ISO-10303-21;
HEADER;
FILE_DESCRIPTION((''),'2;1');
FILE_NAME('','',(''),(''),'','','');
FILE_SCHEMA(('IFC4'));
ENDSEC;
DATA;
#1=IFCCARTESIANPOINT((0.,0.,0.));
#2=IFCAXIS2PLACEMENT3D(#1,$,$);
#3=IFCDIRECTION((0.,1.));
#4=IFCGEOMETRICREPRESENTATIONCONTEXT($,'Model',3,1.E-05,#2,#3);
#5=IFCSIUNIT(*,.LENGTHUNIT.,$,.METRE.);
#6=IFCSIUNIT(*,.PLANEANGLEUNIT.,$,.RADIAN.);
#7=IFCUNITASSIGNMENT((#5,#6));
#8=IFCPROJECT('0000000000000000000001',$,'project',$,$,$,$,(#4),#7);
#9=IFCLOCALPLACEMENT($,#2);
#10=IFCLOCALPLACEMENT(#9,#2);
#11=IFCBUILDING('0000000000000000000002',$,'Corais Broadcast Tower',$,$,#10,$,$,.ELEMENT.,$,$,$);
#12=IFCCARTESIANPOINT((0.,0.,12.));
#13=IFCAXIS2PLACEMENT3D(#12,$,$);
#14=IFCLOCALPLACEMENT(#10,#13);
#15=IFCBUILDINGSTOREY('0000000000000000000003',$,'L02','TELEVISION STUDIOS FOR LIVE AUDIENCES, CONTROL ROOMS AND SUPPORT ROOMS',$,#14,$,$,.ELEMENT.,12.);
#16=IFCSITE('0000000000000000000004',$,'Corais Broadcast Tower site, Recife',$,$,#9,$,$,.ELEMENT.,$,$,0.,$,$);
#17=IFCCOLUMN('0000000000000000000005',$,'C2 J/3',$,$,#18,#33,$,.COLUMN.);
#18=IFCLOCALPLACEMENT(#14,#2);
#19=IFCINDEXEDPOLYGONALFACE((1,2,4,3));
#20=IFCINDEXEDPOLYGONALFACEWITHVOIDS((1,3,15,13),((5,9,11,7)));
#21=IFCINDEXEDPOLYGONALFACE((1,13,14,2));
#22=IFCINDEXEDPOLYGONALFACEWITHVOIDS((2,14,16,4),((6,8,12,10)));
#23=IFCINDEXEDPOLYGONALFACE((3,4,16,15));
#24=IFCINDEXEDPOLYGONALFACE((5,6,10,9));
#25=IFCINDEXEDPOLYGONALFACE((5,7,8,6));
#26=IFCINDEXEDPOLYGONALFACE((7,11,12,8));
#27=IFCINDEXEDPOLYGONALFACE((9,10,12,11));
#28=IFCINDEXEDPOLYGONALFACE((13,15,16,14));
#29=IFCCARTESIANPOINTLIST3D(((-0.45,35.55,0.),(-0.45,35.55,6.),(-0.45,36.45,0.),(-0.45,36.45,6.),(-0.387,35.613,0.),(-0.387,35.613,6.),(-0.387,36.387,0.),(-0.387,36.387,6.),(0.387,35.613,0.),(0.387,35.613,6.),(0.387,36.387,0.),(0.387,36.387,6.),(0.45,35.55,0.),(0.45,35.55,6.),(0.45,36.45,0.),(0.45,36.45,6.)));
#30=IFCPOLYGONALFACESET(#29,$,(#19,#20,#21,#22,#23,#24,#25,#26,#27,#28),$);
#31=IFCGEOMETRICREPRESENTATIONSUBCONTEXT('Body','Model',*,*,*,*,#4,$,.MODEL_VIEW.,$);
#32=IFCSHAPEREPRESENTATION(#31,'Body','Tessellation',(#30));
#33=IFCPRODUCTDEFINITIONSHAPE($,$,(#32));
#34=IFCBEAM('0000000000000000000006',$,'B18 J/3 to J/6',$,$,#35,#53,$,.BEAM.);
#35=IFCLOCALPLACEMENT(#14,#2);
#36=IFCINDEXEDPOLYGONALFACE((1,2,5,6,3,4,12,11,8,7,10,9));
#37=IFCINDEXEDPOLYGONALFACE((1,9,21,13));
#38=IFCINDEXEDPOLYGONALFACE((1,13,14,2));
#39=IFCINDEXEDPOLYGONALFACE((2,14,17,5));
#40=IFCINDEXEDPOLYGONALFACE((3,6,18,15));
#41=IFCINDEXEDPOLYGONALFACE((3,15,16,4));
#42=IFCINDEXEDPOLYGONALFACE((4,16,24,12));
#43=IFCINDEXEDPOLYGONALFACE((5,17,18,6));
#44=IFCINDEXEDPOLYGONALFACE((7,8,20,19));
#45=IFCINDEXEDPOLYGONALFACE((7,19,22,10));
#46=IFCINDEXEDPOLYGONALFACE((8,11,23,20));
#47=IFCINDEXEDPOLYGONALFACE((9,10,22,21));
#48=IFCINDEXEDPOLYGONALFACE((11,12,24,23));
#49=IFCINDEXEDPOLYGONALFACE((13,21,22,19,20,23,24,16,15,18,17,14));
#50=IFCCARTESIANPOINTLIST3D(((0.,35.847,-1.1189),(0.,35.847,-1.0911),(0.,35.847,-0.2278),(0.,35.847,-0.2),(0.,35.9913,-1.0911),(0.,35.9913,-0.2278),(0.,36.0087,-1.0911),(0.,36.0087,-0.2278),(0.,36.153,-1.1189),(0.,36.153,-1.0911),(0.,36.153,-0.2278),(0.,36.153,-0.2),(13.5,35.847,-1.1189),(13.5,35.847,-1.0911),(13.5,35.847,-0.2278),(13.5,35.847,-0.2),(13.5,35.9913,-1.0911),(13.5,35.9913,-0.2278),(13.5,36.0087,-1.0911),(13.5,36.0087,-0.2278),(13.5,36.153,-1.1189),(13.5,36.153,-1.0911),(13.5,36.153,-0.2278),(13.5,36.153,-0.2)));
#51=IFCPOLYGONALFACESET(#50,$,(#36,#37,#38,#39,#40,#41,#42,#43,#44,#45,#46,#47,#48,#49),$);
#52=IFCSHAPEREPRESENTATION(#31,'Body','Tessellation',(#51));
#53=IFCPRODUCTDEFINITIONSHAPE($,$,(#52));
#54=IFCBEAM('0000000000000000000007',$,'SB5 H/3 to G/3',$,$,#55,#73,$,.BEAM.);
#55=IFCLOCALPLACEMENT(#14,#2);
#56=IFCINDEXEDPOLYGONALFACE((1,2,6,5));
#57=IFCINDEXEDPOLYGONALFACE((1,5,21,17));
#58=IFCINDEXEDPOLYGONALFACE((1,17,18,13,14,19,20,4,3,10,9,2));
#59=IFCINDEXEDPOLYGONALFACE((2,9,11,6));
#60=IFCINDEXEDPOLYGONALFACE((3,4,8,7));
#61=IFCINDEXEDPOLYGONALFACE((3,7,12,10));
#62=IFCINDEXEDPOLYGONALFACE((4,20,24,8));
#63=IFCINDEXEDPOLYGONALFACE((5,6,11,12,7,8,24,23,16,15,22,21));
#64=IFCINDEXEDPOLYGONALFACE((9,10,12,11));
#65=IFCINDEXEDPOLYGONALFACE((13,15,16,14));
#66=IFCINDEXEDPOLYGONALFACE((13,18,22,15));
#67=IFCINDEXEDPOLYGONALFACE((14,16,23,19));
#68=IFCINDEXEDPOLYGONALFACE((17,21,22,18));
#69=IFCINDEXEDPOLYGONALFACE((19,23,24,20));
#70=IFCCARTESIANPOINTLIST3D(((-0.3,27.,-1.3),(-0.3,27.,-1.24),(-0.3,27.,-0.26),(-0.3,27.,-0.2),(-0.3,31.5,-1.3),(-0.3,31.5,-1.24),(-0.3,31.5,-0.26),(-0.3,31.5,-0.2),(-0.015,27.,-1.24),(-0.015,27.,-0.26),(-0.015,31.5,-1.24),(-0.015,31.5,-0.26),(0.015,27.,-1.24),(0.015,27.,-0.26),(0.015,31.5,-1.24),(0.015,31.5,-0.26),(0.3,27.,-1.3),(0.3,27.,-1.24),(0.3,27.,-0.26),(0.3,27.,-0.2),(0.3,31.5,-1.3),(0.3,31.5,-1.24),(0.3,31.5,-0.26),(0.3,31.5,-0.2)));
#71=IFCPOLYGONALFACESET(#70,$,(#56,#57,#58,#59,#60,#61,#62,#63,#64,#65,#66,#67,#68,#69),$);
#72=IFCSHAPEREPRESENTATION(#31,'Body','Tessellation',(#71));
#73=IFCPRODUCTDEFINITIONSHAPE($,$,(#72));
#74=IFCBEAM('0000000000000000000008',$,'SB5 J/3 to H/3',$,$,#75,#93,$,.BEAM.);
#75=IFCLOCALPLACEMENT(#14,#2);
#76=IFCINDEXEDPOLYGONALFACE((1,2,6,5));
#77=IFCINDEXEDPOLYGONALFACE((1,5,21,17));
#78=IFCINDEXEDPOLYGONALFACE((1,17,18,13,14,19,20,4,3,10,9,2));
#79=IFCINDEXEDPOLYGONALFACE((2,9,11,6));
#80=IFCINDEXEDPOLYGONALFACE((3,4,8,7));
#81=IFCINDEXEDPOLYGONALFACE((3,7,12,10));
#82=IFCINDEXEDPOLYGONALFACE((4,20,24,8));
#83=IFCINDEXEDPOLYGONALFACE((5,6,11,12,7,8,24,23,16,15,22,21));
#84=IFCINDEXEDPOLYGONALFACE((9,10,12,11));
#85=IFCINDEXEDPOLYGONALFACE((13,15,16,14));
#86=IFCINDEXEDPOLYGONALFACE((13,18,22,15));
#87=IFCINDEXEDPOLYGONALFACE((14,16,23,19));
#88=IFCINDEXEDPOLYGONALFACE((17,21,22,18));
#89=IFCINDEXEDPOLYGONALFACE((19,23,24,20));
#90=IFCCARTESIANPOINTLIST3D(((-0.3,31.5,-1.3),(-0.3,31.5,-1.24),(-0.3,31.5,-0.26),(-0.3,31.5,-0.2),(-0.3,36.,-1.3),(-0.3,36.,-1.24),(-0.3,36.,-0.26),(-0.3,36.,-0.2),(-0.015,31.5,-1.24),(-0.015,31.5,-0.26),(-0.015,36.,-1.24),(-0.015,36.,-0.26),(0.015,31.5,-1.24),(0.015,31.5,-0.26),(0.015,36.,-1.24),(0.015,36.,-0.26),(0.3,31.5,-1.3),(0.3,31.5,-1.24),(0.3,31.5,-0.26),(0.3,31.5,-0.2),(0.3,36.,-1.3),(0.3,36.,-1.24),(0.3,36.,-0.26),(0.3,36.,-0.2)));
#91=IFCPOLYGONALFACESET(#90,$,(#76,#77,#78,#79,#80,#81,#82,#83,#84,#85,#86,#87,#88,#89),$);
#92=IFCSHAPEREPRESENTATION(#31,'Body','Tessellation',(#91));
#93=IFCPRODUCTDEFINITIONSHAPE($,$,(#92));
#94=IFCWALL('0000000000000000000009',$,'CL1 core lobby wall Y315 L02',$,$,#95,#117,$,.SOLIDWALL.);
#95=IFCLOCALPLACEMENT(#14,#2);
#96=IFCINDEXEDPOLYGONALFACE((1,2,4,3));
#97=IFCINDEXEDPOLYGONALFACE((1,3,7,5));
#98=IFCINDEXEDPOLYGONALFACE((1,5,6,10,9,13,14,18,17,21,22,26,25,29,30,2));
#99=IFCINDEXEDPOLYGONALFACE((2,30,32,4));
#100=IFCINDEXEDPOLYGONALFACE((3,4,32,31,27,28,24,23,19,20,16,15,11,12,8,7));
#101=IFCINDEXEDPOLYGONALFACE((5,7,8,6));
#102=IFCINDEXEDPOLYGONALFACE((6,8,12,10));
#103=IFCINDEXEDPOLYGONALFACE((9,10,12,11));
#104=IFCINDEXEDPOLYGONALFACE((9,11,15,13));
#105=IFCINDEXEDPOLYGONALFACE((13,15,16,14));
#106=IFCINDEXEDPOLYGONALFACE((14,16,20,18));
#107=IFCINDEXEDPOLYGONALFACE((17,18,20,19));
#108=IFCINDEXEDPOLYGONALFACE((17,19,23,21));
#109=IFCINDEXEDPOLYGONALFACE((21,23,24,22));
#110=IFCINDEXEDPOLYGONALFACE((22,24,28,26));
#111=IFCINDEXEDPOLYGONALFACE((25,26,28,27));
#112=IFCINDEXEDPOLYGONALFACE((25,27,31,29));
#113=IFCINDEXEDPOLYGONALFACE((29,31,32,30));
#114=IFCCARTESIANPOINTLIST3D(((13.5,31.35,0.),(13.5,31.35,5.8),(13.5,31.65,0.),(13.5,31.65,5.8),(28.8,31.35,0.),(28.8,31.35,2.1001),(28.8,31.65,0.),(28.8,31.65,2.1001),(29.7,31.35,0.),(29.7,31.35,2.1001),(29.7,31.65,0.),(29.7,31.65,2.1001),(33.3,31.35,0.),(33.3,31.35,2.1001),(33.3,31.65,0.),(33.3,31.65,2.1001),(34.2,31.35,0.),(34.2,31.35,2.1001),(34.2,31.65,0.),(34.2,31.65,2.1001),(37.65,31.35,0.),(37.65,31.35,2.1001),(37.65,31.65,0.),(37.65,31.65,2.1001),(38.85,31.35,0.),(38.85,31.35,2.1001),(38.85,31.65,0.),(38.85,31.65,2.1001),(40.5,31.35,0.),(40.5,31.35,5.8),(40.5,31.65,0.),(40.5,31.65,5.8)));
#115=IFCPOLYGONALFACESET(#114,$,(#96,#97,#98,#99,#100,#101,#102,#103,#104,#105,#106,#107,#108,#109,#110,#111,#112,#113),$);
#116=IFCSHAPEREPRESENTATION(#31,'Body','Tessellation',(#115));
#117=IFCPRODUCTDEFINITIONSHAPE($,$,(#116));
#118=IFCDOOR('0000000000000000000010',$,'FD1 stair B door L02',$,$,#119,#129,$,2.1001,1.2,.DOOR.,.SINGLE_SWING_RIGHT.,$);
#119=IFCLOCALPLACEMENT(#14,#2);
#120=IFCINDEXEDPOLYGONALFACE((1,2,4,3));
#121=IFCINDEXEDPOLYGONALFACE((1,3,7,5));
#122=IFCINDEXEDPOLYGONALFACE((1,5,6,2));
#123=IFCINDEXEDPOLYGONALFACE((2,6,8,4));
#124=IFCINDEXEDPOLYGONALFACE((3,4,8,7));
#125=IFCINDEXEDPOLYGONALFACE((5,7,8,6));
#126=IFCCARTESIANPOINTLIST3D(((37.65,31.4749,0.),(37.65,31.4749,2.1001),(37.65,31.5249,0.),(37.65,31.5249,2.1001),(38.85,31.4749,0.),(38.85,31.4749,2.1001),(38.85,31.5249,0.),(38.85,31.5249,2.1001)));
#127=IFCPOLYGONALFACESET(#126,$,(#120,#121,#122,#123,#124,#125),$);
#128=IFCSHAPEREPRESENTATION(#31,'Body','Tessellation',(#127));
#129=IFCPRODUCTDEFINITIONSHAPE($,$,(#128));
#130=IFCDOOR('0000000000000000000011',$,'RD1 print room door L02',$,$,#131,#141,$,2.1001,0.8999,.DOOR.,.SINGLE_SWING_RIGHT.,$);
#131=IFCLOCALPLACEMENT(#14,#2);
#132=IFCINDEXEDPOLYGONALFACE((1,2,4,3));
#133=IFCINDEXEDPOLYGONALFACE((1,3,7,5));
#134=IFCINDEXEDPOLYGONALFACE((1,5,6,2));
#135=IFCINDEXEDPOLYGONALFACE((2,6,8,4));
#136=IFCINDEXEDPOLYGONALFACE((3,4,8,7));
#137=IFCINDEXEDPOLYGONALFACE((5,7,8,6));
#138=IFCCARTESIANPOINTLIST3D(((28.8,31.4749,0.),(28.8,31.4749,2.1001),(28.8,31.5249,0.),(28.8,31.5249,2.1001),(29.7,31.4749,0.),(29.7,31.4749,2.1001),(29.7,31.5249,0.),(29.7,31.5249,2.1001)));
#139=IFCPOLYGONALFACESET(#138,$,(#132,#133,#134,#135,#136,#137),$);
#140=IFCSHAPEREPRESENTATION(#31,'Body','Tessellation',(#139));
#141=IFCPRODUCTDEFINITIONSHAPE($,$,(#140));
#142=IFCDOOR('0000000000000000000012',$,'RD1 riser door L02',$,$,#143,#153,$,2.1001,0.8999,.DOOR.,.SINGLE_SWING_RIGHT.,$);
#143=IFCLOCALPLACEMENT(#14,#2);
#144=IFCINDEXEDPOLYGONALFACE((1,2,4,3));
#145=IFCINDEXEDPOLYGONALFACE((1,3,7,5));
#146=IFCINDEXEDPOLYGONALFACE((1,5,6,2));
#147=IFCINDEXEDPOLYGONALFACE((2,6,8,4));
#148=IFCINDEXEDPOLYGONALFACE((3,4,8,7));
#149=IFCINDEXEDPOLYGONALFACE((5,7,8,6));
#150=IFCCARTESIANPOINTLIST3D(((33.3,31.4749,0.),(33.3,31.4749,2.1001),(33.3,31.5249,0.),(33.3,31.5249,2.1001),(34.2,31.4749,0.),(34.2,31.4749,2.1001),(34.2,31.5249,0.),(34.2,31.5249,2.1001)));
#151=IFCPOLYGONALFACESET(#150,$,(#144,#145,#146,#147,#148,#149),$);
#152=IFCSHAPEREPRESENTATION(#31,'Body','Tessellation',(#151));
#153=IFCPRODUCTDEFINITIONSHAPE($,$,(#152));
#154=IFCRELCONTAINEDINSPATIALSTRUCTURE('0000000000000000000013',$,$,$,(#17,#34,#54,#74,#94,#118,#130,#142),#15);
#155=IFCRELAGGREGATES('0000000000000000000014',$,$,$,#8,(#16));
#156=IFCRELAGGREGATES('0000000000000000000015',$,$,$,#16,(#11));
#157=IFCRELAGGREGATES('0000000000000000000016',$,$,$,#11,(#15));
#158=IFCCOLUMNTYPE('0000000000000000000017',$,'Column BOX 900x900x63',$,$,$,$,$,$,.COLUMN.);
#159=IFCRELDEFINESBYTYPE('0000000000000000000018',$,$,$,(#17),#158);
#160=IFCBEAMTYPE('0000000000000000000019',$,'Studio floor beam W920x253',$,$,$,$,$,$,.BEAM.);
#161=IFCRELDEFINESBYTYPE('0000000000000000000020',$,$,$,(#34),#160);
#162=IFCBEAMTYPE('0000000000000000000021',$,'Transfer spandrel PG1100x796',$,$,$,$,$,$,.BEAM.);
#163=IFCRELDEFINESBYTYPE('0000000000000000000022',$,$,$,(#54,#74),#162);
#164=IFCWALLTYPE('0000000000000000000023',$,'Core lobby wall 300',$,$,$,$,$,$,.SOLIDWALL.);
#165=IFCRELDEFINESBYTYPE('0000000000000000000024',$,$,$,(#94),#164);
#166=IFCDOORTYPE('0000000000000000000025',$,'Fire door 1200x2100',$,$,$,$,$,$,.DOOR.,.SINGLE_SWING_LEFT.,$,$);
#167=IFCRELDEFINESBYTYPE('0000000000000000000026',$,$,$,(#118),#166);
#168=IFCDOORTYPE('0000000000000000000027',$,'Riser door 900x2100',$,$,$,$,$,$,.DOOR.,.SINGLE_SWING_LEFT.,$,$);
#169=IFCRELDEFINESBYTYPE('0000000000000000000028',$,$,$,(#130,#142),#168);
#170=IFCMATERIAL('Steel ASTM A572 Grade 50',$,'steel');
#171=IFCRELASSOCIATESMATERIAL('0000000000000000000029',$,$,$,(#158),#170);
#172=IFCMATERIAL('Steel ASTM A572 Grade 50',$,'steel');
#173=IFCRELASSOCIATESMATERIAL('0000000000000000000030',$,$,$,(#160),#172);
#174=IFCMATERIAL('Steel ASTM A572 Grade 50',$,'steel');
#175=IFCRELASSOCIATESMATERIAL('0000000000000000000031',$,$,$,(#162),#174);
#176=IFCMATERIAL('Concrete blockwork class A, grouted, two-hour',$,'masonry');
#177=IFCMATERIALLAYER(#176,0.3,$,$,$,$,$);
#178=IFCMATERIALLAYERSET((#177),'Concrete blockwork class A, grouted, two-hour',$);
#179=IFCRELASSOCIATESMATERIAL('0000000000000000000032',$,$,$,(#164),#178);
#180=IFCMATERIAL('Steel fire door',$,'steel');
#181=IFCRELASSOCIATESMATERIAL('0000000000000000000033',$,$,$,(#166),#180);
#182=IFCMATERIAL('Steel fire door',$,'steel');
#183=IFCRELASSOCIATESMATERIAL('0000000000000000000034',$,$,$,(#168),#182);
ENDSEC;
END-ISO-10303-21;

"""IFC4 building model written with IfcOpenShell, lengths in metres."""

from ifc_helpers import new_model, si_unit, direction, frame, frame_2d, origin, origin_2d, place, context, subcontext, project, spatial, rectangle, hollow_rectangle, i_section, extrude, material, layer, layer_set, material_profile, profile_set, type_object, element, fill, save


model = new_model("IFC4")

# Units and contexts
model_context = context("Model", 3, precision=1e-05, world=origin(), true_north=direction((0.0, 1.0)))
body_context = subcontext(model_context, "Body", "Model", "MODEL_VIEW")
ifc_project = project(units=[si_unit("LENGTHUNIT", "METRE"), si_unit("PLANEANGLEUNIT", "RADIAN")], contexts=[model_context])

# Site, building, storey
site_placement = place(None, origin())
site = spatial("IfcSite", under=ifc_project, at=site_placement, Name="Corais Broadcast Tower site, Recife", CompositionType="ELEMENT", RefElevation=0.0)
building_placement = place(site_placement, origin())
building = spatial("IfcBuilding", under=site, at=building_placement, Name="Corais Broadcast Tower", CompositionType="ELEMENT")
storey_placement = place(building_placement, frame((0.0, 0.0, 12.0)))
storey = spatial("IfcBuildingStorey", under=building, at=storey_placement, Name="L02", Description="TELEVISION STUDIOS FOR LIVE AUDIENCES, CONTROL ROOMS AND SUPPORT ROOMS", CompositionType="ELEMENT", Elevation=12.0)

# Column
ifc_material_1 = material(Name="Steel ASTM A572 Grade 50", Category="steel")
ifc_material_profile_1 = material_profile(ifc_material_1, hollow_rectangle(XDim=0.8999, YDim=0.8999, WallThickness=0.063, at=origin_2d()), Name="BOX 900x900x63")
ifc_profile_set_1 = profile_set([ifc_material_profile_1], Name="Steel ASTM A572 Grade 50")
column_type = type_object("IfcColumnType", Name="Column BOX 900x900x63", PredefinedType="COLUMN", material=ifc_profile_set_1)
column_placement = place(storey_placement, frame((0.0, 36.0, 0.0), z_axis=(0.0, 0.0, 1.0), x_axis=(1.0, 0.0, 0.0)))
element("IfcColumn", 1, at=column_placement, inside=storey, type_object=column_type, Name="C2 J/3", PredefinedType="COLUMN", context=body_context, shape_type="SweptSolid", body=[
    extrude(hollow_rectangle(XDim=0.8999, YDim=0.8999, WallThickness=0.063, at=origin_2d()), origin(), (0.0, 0.0, 1.0), 6.0),
])

# Beams
ifc_material_2 = material(Name="Steel ASTM A572 Grade 50", Category="steel")
ifc_material_profile_2 = material_profile(ifc_material_2, i_section(OverallWidth=0.3059, OverallDepth=0.9189, WebThickness=0.0173, FlangeThickness=0.0278, at=origin_2d()), Name="W920x253")
ifc_profile_set_2 = profile_set([ifc_material_profile_2], Name="Steel ASTM A572 Grade 50")
beam_type_1 = type_object("IfcBeamType", Name="Studio floor beam W920x253", PredefinedType="BEAM", material=ifc_profile_set_2)
beam_placement = place(storey_placement, frame((0.0, 36.0, -0.6594), z_axis=(1.0, 0.0, 0.0), x_axis=(0.0, 1.0, 0.0)))
element("IfcBeam", 2, at=beam_placement, inside=storey, type_object=beam_type_1, Name="B18 J/3 to J/6", PredefinedType="BEAM", context=body_context, shape_type="SweptSolid", body=[
    extrude(i_section(OverallWidth=0.3059, OverallDepth=0.9189, WebThickness=0.0173, FlangeThickness=0.0278, at=origin_2d()), origin(), (0.0, 0.0, 1.0), 13.5),
])
ifc_material_3 = material(Name="Steel ASTM A572 Grade 50", Category="steel")
ifc_material_profile_3 = material_profile(ifc_material_3, i_section(OverallWidth=0.6001, OverallDepth=1.1001, WebThickness=0.03, FlangeThickness=0.0601, at=origin_2d()), Name="PG1100x796")
ifc_profile_set_3 = profile_set([ifc_material_profile_3], Name="Steel ASTM A572 Grade 50")
beam_type_2 = type_object("IfcBeamType", Name="Transfer spandrel PG1100x796", PredefinedType="BEAM", material=ifc_profile_set_3)
for number, where, z_axis, x_axis, name in (
    (3, (0.0, 31.5, -0.75), (0.0, -1.0, 0.0), (1.0, 0.0, 0.0), "SB5 H/3 to G/3"),
    (4, (0.0, 36.0, -0.75), (0.0, -1.0, 0.0), (1.0, 0.0, 0.0), "SB5 J/3 to H/3"),
):
    element("IfcBeam", number, at=place(storey_placement, frame(where, z_axis=z_axis, x_axis=x_axis)), inside=storey, type_object=beam_type_2, Name=name, PredefinedType="BEAM", context=body_context, shape_type="SweptSolid", body=[
        extrude(i_section(OverallWidth=0.6001, OverallDepth=1.1001, WebThickness=0.03, FlangeThickness=0.0601, at=origin_2d()), origin(), (0.0, 0.0, 1.0), 4.5),
    ])

# Wall, openings, doors
ifc_material_4 = material(Name="Concrete blockwork class A, grouted, two-hour", Category="masonry")
ifc_layer_1 = layer(ifc_material_4, 0.3)
ifc_layer_set_1 = layer_set([ifc_layer_1], Name="Concrete blockwork class A, grouted, two-hour")
wall_type_1 = type_object("IfcWallType", Name="Core lobby wall 300", PredefinedType="SOLIDWALL", material=ifc_layer_set_1)
wall_1_placement = place(storey_placement, frame((13.5, 31.5, 0.0), z_axis=(0.0, 0.0, 1.0), x_axis=(1.0, 0.0, 0.0)))
wall_1 = element("IfcWall", 5, at=wall_1_placement, inside=storey, type_object=wall_type_1, Name="CL1 core lobby wall Y315 L02", PredefinedType="SOLIDWALL", context=body_context, shape_type="SweptSolid", body=[
    extrude(rectangle(XDim=27.0, YDim=0.3, at=frame_2d((13.5, 0.0))), origin(), (0.0, 0.0, 1.0), 5.8),
])
opening_1_placement = place(wall_1_placement, frame((24.1499, 0.0, 0.0)))
opening_1 = element("IfcOpeningElement", 6, at=opening_1_placement, cuts=wall_1, PredefinedType="OPENING", context=body_context, shape_type="SweptSolid", body=[
    extrude(rectangle(XDim=1.2, YDim=2.1001, at=frame_2d((0.6001, 1.05))), frame((0.0, 0.1599, 0.0), z_axis=(0.0, -1.0, 0.0), x_axis=(1.0, 0.0, 0.0)), (0.0, 0.0, 1.0), 0.3201),
])
opening_2_placement = place(wall_1_placement, frame((15.3, 0.0, 0.0)))
opening_2 = element("IfcOpeningElement", 7, at=opening_2_placement, cuts=wall_1, PredefinedType="OPENING", context=body_context, shape_type="SweptSolid", body=[
    extrude(rectangle(XDim=0.8999, YDim=2.1001, at=frame_2d((0.45, 1.05))), frame((0.0, 0.1599, 0.0), z_axis=(0.0, -1.0, 0.0), x_axis=(1.0, 0.0, 0.0)), (0.0, 0.0, 1.0), 0.3201),
])
opening_3_placement = place(wall_1_placement, frame((19.8, 0.0, 0.0)))
opening_3 = element("IfcOpeningElement", 8, at=opening_3_placement, cuts=wall_1, PredefinedType="OPENING", context=body_context, shape_type="SweptSolid", body=[
    extrude(rectangle(XDim=0.8999, YDim=2.1001, at=frame_2d((0.45, 1.05))), frame((0.0, 0.1599, 0.0), z_axis=(0.0, -1.0, 0.0), x_axis=(1.0, 0.0, 0.0)), (0.0, 0.0, 1.0), 0.3201),
])
ifc_material_5 = material(Name="Steel fire door", Category="steel")
door_type_1 = type_object("IfcDoorType", Name="Fire door 1200x2100", OperationType="SINGLE_SWING_LEFT", PredefinedType="DOOR", material=ifc_material_5)
door_1_placement = place(opening_1_placement, origin())
door_1 = element("IfcDoor", 9, at=door_1_placement, inside=storey, type_object=door_type_1, Name="FD1 stair B door L02", OperationType="SINGLE_SWING_RIGHT", OverallHeight=2.1001, OverallWidth=1.2, PredefinedType="DOOR", context=body_context, shape_type="SweptSolid", body=[
    extrude(rectangle(XDim=1.2, YDim=2.1001, at=frame_2d((0.6001, 1.05))), frame((0.0, 0.0249, 0.0), z_axis=(0.0, -1.0, 0.0), x_axis=(1.0, 0.0, 0.0)), (0.0, 0.0, 1.0), 0.05),
])
fill(opening_1, door_1)
ifc_material_6 = material(Name="Steel fire door", Category="steel")
door_type_2 = type_object("IfcDoorType", Name="Riser door 900x2100", OperationType="SINGLE_SWING_LEFT", PredefinedType="DOOR", material=ifc_material_6)
door_2_placement = place(opening_2_placement, origin())
door_2 = element("IfcDoor", 10, at=door_2_placement, inside=storey, type_object=door_type_2, Name="RD1 print room door L02", OperationType="SINGLE_SWING_RIGHT", OverallHeight=2.1001, OverallWidth=0.8999, PredefinedType="DOOR", context=body_context, shape_type="SweptSolid", body=[
    extrude(rectangle(XDim=0.8999, YDim=2.1001, at=frame_2d((0.45, 1.05))), frame((0.0, 0.0249, 0.0), z_axis=(0.0, -1.0, 0.0), x_axis=(1.0, 0.0, 0.0)), (0.0, 0.0, 1.0), 0.05),
])
fill(opening_2, door_2)
door_3_placement = place(opening_3_placement, origin())
door_3 = element("IfcDoor", 11, at=door_3_placement, inside=storey, type_object=door_type_2, Name="RD1 riser door L02", OperationType="SINGLE_SWING_RIGHT", OverallHeight=2.1001, OverallWidth=0.8999, PredefinedType="DOOR", context=body_context, shape_type="SweptSolid", body=[
    extrude(rectangle(XDim=0.8999, YDim=2.1001, at=frame_2d((0.45, 1.05))), frame((0.0, 0.0249, 0.0), z_axis=(0.0, -1.0, 0.0), x_axis=(1.0, 0.0, 0.0)), (0.0, 0.0, 1.0), 0.05),
])
fill(opening_3, door_3)

save(model, "model.ifc")
